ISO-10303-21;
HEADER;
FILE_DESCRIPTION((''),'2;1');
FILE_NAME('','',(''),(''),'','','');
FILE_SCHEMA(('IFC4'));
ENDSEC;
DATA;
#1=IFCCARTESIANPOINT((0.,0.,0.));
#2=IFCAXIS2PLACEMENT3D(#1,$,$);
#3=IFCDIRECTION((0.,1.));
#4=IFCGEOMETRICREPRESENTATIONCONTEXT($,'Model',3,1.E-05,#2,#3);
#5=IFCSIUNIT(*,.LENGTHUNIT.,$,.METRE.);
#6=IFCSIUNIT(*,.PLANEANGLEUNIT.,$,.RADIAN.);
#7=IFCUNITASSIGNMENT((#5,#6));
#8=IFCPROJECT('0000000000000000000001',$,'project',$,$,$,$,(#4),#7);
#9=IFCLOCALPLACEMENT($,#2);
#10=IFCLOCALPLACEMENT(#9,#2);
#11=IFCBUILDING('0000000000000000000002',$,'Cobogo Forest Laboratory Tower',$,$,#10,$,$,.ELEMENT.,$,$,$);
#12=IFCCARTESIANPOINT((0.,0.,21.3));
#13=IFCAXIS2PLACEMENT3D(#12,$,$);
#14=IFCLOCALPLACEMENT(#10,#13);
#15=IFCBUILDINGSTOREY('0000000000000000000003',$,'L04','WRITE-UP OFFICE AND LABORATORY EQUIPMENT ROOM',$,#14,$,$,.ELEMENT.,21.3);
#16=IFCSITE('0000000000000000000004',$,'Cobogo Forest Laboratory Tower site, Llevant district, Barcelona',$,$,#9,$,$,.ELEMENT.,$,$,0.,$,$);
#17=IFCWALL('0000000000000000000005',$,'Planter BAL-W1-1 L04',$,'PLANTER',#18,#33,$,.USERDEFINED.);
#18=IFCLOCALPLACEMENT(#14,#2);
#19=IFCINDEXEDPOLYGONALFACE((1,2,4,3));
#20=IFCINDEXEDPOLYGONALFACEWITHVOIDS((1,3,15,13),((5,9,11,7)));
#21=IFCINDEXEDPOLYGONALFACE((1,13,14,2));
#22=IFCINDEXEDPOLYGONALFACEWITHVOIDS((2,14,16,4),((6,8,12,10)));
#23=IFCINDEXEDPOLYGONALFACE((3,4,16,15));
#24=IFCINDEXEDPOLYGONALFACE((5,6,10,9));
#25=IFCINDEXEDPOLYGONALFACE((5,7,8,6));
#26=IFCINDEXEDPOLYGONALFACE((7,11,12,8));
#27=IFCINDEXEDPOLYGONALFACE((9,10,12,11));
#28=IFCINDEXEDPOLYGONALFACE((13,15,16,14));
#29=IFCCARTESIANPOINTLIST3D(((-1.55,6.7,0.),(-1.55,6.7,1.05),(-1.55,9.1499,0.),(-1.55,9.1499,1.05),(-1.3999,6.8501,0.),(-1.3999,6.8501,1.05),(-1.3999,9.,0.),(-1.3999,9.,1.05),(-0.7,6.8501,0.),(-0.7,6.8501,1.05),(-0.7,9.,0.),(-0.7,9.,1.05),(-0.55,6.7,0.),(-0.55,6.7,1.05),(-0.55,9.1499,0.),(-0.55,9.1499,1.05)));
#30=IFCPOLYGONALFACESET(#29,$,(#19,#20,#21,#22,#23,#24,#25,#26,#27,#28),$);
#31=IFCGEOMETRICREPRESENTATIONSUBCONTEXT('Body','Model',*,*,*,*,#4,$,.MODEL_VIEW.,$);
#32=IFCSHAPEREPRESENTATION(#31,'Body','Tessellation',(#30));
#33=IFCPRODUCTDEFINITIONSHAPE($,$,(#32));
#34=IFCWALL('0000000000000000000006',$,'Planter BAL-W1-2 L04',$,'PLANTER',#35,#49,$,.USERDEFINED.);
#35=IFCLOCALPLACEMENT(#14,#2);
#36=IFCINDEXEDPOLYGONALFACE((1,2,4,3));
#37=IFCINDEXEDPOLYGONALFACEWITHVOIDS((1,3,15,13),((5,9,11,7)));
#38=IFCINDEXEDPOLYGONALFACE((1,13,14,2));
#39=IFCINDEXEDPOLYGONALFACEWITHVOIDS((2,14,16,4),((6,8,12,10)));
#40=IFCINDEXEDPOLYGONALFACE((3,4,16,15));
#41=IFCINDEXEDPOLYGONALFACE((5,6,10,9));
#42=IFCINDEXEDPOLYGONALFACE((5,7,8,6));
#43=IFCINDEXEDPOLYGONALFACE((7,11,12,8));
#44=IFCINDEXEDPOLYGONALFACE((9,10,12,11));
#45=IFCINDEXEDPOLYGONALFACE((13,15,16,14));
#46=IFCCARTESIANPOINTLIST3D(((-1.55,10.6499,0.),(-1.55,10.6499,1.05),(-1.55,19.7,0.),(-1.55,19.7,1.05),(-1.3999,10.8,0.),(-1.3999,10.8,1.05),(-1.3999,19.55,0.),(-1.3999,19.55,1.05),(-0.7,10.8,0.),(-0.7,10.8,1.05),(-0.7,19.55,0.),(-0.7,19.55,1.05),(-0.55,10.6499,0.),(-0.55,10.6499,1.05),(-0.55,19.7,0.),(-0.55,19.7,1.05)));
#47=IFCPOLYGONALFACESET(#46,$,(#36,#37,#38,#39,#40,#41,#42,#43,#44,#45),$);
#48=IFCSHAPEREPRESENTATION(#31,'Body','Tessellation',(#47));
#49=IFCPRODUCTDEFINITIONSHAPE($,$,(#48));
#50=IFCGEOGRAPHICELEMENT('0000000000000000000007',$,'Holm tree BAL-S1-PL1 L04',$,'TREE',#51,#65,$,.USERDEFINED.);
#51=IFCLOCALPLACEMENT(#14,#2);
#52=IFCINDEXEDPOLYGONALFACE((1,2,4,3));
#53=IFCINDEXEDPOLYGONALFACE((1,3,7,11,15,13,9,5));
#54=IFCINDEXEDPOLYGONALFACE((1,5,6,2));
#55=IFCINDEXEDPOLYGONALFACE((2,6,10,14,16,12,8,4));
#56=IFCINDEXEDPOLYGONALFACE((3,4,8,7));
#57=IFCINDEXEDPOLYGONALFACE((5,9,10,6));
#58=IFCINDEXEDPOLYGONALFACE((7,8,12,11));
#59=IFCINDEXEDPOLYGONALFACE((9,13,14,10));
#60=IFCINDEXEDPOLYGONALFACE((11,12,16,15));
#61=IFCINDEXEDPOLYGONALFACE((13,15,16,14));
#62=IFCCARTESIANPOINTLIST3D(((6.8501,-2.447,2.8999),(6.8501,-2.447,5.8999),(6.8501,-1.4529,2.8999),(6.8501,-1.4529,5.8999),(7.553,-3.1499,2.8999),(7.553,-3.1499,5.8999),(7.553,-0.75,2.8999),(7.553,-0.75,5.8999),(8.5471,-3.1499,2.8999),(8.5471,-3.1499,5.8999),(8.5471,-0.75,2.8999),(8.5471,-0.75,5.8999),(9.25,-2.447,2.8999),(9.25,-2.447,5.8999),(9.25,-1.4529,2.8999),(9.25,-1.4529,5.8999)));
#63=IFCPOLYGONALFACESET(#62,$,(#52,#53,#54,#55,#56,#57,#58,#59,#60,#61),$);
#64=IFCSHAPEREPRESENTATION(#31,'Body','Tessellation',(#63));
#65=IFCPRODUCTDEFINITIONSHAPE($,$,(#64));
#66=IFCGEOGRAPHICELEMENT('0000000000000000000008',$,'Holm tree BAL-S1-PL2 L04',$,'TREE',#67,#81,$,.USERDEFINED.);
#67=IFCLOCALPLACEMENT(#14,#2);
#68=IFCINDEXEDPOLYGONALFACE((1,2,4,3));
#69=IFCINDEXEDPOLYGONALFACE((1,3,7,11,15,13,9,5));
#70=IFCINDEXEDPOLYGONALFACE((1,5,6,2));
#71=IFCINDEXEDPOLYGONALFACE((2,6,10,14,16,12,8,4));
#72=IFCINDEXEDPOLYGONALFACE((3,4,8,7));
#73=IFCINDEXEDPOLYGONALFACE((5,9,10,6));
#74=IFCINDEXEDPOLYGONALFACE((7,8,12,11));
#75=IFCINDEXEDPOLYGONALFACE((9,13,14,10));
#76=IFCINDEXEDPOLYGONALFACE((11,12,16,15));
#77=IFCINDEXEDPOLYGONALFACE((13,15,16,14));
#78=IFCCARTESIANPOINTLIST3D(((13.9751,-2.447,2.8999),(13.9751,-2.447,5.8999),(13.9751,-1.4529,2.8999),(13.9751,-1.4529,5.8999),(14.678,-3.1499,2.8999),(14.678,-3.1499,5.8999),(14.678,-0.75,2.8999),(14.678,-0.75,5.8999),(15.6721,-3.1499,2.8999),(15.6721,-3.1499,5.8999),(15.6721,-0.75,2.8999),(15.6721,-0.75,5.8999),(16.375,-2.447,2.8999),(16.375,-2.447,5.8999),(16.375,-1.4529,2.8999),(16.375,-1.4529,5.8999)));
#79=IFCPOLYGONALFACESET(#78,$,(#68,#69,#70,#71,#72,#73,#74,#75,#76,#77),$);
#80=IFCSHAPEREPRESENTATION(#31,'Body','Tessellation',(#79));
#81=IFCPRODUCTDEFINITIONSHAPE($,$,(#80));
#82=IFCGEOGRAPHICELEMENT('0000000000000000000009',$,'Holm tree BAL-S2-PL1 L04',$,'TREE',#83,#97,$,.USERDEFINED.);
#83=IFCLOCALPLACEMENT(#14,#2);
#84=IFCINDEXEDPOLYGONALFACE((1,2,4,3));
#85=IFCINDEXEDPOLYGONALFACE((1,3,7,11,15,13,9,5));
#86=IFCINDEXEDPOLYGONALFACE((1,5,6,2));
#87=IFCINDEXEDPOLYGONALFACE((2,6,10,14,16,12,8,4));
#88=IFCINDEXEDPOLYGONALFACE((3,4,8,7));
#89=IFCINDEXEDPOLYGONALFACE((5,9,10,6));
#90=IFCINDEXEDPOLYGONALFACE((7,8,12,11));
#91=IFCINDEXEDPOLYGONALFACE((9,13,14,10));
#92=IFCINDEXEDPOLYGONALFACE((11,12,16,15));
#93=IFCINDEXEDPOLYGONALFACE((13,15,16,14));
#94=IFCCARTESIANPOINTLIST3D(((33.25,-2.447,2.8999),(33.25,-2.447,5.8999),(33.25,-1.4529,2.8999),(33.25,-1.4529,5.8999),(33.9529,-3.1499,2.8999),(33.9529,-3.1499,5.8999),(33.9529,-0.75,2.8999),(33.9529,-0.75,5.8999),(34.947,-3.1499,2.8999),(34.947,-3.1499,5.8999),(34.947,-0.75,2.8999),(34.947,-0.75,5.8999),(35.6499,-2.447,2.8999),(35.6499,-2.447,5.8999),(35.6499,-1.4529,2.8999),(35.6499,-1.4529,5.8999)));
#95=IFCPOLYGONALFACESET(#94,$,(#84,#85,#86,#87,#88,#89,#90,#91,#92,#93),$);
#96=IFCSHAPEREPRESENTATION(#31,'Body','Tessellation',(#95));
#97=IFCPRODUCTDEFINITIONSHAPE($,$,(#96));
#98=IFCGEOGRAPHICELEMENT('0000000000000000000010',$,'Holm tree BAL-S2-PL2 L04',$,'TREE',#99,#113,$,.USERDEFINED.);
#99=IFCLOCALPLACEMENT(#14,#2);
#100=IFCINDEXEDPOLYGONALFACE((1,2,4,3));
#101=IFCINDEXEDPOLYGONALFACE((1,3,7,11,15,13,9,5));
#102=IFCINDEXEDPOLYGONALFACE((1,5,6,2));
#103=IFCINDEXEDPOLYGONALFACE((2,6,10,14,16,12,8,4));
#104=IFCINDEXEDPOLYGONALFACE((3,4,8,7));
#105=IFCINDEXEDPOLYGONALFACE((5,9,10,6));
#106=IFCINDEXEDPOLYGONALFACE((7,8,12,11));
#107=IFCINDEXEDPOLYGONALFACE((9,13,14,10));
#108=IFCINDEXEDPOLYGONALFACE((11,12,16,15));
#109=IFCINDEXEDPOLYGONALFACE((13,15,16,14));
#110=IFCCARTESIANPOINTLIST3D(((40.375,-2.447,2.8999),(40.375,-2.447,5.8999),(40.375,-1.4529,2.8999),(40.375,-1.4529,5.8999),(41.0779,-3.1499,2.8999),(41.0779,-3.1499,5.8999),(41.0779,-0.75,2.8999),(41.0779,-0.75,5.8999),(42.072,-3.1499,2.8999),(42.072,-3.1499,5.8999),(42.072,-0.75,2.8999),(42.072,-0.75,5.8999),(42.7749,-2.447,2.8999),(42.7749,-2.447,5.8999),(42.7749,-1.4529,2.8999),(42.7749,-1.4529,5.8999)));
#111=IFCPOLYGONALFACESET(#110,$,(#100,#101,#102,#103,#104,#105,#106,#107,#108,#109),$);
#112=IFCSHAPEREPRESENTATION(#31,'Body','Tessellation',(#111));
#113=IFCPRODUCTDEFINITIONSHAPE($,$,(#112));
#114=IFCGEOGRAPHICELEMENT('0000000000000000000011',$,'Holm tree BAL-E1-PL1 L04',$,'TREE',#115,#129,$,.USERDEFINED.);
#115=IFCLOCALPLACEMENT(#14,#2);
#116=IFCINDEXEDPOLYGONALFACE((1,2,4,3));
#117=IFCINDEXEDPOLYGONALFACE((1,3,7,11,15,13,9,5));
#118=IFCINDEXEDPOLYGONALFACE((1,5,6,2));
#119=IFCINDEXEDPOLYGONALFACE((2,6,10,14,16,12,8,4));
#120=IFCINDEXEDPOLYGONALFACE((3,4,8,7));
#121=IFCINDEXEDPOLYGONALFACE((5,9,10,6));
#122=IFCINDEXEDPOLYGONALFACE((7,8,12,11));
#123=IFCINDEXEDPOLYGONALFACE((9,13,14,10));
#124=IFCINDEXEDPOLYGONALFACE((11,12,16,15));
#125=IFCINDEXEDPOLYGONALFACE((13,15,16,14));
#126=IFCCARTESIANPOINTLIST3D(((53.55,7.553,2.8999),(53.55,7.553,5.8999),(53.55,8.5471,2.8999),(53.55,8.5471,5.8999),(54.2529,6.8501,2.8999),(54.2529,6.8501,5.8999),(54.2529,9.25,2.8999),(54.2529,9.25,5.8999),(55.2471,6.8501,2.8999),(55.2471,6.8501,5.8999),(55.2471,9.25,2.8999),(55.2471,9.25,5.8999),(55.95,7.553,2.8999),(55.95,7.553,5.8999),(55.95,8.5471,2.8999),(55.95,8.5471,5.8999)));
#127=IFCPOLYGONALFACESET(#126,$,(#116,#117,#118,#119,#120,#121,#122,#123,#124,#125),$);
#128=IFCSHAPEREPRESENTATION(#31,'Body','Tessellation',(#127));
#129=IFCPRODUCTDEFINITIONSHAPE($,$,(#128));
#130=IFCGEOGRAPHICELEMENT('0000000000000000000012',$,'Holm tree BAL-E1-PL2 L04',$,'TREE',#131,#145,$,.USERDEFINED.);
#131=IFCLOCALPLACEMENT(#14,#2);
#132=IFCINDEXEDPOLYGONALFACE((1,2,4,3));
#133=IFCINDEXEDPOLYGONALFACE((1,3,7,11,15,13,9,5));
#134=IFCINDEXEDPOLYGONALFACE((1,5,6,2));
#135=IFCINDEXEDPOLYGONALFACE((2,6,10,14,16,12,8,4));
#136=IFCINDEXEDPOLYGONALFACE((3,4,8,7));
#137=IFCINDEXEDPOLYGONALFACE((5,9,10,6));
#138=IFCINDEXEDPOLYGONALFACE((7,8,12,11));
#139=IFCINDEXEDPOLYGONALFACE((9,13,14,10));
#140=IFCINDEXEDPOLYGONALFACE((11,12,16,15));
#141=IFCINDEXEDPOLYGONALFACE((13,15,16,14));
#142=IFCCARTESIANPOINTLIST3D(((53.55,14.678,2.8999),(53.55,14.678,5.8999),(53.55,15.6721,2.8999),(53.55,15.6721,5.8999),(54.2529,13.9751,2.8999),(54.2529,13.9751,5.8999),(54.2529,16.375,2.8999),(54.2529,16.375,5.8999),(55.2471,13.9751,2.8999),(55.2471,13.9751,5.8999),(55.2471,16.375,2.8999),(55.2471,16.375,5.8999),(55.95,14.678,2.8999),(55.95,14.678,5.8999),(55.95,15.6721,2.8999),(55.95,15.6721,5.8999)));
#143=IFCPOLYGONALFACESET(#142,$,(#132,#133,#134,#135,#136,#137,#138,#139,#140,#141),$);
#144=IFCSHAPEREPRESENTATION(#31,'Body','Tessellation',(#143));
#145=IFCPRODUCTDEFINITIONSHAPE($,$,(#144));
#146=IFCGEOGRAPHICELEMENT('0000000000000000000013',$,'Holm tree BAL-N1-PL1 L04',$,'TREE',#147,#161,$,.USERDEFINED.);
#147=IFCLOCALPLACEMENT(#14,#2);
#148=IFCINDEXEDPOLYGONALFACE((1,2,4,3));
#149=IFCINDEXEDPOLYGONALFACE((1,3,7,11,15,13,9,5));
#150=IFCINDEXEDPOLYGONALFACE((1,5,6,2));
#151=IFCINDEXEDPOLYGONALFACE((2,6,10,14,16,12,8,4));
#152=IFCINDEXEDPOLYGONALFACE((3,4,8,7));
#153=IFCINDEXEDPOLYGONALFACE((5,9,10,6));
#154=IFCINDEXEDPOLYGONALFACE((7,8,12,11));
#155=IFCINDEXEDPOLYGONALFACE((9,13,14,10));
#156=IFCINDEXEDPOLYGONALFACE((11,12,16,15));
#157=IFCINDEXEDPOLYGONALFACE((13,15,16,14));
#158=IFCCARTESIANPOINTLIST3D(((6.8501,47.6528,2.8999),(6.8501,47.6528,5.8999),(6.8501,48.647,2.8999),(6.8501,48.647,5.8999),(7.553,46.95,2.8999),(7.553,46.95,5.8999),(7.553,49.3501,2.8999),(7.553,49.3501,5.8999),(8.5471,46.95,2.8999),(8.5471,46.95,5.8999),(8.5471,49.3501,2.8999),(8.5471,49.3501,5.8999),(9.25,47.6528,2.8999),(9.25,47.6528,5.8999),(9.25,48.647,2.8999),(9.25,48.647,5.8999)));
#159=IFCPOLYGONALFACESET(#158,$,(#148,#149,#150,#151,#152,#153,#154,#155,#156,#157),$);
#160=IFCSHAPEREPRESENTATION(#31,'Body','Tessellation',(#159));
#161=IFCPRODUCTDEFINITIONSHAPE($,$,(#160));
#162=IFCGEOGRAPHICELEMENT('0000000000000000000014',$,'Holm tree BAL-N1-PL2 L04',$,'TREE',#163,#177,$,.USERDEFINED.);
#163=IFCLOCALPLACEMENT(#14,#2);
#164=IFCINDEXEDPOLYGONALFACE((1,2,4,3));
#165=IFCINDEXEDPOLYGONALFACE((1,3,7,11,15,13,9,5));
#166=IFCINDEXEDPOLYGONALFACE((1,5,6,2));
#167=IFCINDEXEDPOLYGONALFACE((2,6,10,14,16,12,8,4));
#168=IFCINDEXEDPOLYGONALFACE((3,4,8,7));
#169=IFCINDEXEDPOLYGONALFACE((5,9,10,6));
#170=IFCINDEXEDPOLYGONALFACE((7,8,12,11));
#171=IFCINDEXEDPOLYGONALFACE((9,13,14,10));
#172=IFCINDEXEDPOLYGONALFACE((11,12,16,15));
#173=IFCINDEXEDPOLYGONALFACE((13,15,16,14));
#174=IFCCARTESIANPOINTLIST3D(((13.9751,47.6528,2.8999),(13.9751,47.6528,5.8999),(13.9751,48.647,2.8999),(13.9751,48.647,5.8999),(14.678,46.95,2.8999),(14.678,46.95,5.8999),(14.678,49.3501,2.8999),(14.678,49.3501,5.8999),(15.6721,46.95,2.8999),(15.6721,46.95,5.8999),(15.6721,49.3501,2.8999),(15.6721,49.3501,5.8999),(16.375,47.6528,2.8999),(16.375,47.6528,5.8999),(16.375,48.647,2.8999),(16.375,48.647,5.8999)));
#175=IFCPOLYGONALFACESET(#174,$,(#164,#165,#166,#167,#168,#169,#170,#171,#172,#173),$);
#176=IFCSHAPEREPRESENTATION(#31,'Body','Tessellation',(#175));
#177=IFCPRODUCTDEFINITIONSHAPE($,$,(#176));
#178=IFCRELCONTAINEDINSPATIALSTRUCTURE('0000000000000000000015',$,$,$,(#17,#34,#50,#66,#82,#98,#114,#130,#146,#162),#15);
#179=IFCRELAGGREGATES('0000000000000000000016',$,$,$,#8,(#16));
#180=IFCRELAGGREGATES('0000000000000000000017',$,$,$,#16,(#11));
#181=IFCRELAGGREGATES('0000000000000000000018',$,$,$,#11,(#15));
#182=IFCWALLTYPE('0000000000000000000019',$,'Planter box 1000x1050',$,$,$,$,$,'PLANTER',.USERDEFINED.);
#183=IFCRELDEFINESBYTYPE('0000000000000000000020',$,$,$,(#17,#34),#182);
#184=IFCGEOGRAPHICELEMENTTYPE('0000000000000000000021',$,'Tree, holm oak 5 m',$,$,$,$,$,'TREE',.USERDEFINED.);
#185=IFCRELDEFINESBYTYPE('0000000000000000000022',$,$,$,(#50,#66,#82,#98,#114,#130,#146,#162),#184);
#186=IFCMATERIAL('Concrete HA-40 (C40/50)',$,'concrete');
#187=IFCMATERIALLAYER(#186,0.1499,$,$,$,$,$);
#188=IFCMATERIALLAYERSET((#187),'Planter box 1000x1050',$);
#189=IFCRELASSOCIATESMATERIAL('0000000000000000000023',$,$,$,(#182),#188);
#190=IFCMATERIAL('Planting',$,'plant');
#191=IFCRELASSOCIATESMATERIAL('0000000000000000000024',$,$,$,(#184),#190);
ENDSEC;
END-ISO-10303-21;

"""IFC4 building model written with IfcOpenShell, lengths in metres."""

from ifc_helpers import new_model, si_unit, direction, frame, origin, place, context, subcontext, project, spatial, polyline, outline, extrude, material, layer, layer_set, type_object, element, save


model = new_model("IFC4")

# Units and contexts
model_context = context("Model", 3, precision=1e-05, world=origin(), true_north=direction((0.0, 1.0)))
body_context = subcontext(model_context, "Body", "Model", "MODEL_VIEW")
ifc_project = project(units=[si_unit("LENGTHUNIT", "METRE"), si_unit("PLANEANGLEUNIT", "RADIAN")], contexts=[model_context])

# Site, building, storey
site_placement = place(None, origin())
site = spatial("IfcSite", under=ifc_project, at=site_placement, Name="Cobogo Forest Laboratory Tower site, Llevant district, Barcelona", CompositionType="ELEMENT", RefElevation=0.0)
building_placement = place(site_placement, origin())
building = spatial("IfcBuilding", under=site, at=building_placement, Name="Cobogo Forest Laboratory Tower", CompositionType="ELEMENT")
storey_placement = place(building_placement, frame((0.0, 0.0, 21.3)))
storey = spatial("IfcBuildingStorey", under=building, at=storey_placement, Name="L04", Description="WRITE-UP OFFICE AND LABORATORY EQUIPMENT ROOM", CompositionType="ELEMENT", Elevation=21.3)

# Shared definitions
ifc_material_1 = material(Name="Concrete HA-40 (C40/50)", Category="concrete")

# Walls
ifc_layer_1 = layer(ifc_material_1, 0.1499)
ifc_layer_set_1 = layer_set([ifc_layer_1], Name="Planter box 1000x1050")
wall_type = type_object("IfcWallType", Name="Planter box 1000x1050", ElementType="PLANTER", PredefinedType="USERDEFINED", material=ifc_layer_set_1)
wall_1_placement = place(storey_placement, origin())
element("IfcWall", 1, at=wall_1_placement, inside=storey, type_object=wall_type, Name="Planter BAL-W1-1 L04", ObjectType="PLANTER", PredefinedType="USERDEFINED", context=body_context, shape_type="SweptSolid", body=[
    extrude(outline(polyline([(-1.55, 6.7), (-0.55, 6.7), (-0.55, 9.1499), (-1.55, 9.1499), (-1.55, 6.7)]), holes=[polyline([(-1.3999, 6.8501), (-0.7, 6.8501), (-0.7, 9.0), (-1.3999, 9.0), (-1.3999, 6.8501)])]), origin(), (0.0, 0.0, 1.0), 1.05),
])
wall_2_placement = place(storey_placement, origin())
element("IfcWall", 2, at=wall_2_placement, inside=storey, type_object=wall_type, Name="Planter BAL-W1-2 L04", ObjectType="PLANTER", PredefinedType="USERDEFINED", context=body_context, shape_type="SweptSolid", body=[
    extrude(outline(polyline([(-1.55, 10.6499), (-0.55, 10.6499), (-0.55, 19.7), (-1.55, 19.7), (-1.55, 10.6499)]), holes=[polyline([(-1.3999, 10.8), (-0.7, 10.8), (-0.7, 19.55), (-1.3999, 19.55), (-1.3999, 10.8)])]), origin(), (0.0, 0.0, 1.0), 1.05),
])

# Geographic elements
ifc_material_2 = material(Name="Planting", Category="plant")
geographic_element_type = type_object("IfcGeographicElementType", Name="Tree, holm oak 5 m", ElementType="TREE", PredefinedType="USERDEFINED", material=ifc_material_2)
geographic_element_1_placement = place(storey_placement, frame((0.0, 0.0, 2.8999)))
element("IfcGeographicElement", 3, at=geographic_element_1_placement, inside=storey, type_object=geographic_element_type, Name="Holm tree BAL-S1-PL1 L04", ObjectType="TREE", PredefinedType="USERDEFINED", context=body_context, shape_type="SweptSolid", body=[
    extrude(outline(polyline([(9.25, -2.447), (9.25, -1.4529), (8.5471, -0.75), (7.553, -0.75), (6.8501, -1.4529), (6.8501, -2.447), (7.553, -3.1499), (8.5471, -3.1499), (9.25, -2.447)])), origin(), (0.0, 0.0, 1.0), 3.0),
])
geographic_element_2_placement = place(storey_placement, frame((0.0, 0.0, 2.8999)))
element("IfcGeographicElement", 4, at=geographic_element_2_placement, inside=storey, type_object=geographic_element_type, Name="Holm tree BAL-S1-PL2 L04", ObjectType="TREE", PredefinedType="USERDEFINED", context=body_context, shape_type="SweptSolid", body=[
    extrude(outline(polyline([(16.375, -2.447), (16.375, -1.4529), (15.6721, -0.75), (14.678, -0.75), (13.9751, -1.4529), (13.9751, -2.447), (14.678, -3.1499), (15.6721, -3.1499), (16.375, -2.447)])), origin(), (0.0, 0.0, 1.0), 3.0),
])
geographic_element_3_placement = place(storey_placement, frame((0.0, 0.0, 2.8999)))
element("IfcGeographicElement", 5, at=geographic_element_3_placement, inside=storey, type_object=geographic_element_type, Name="Holm tree BAL-S2-PL1 L04", ObjectType="TREE", PredefinedType="USERDEFINED", context=body_context, shape_type="SweptSolid", body=[
    extrude(outline(polyline([(35.6499, -2.447), (35.6499, -1.4529), (34.947, -0.75), (33.9529, -0.75), (33.25, -1.4529), (33.25, -2.447), (33.9529, -3.1499), (34.947, -3.1499), (35.6499, -2.447)])), origin(), (0.0, 0.0, 1.0), 3.0),
])
geographic_element_4_placement = place(storey_placement, frame((0.0, 0.0, 2.8999)))
element("IfcGeographicElement", 6, at=geographic_element_4_placement, inside=storey, type_object=geographic_element_type, Name="Holm tree BAL-S2-PL2 L04", ObjectType="TREE", PredefinedType="USERDEFINED", context=body_context, shape_type="SweptSolid", body=[
    extrude(outline(polyline([(42.7749, -2.447), (42.7749, -1.4529), (42.072, -0.75), (41.0779, -0.75), (40.375, -1.4529), (40.375, -2.447), (41.0779, -3.1499), (42.072, -3.1499), (42.7749, -2.447)])), origin(), (0.0, 0.0, 1.0), 3.0),
])
geographic_element_5_placement = place(storey_placement, frame((0.0, 0.0, 2.8999)))
element("IfcGeographicElement", 7, at=geographic_element_5_placement, inside=storey, type_object=geographic_element_type, Name="Holm tree BAL-E1-PL1 L04", ObjectType="TREE", PredefinedType="USERDEFINED", context=body_context, shape_type="SweptSolid", body=[
    extrude(outline(polyline([(55.95, 7.553), (55.95, 8.5471), (55.2471, 9.25), (54.2529, 9.25), (53.55, 8.5471), (53.55, 7.553), (54.2529, 6.8501), (55.2471, 6.8501), (55.95, 7.553)])), origin(), (0.0, 0.0, 1.0), 3.0),
])
geographic_element_6_placement = place(storey_placement, frame((0.0, 0.0, 2.8999)))
element("IfcGeographicElement", 8, at=geographic_element_6_placement, inside=storey, type_object=geographic_element_type, Name="Holm tree BAL-E1-PL2 L04", ObjectType="TREE", PredefinedType="USERDEFINED", context=body_context, shape_type="SweptSolid", body=[
    extrude(outline(polyline([(55.95, 14.678), (55.95, 15.6721), (55.2471, 16.375), (54.2529, 16.375), (53.55, 15.6721), (53.55, 14.678), (54.2529, 13.9751), (55.2471, 13.9751), (55.95, 14.678)])), origin(), (0.0, 0.0, 1.0), 3.0),
])
geographic_element_7_placement = place(storey_placement, frame((0.0, 0.0, 2.8999)))
element("IfcGeographicElement", 9, at=geographic_element_7_placement, inside=storey, type_object=geographic_element_type, Name="Holm tree BAL-N1-PL1 L04", ObjectType="TREE", PredefinedType="USERDEFINED", context=body_context, shape_type="SweptSolid", body=[
    extrude(outline(polyline([(9.25, 47.6528), (9.25, 48.647), (8.5471, 49.3501), (7.553, 49.3501), (6.8501, 48.647), (6.8501, 47.6528), (7.553, 46.95), (8.5471, 46.95), (9.25, 47.6528)])), origin(), (0.0, 0.0, 1.0), 3.0),
])
geographic_element_8_placement = place(storey_placement, frame((0.0, 0.0, 2.8999)))
element("IfcGeographicElement", 10, at=geographic_element_8_placement, inside=storey, type_object=geographic_element_type, Name="Holm tree BAL-N1-PL2 L04", ObjectType="TREE", PredefinedType="USERDEFINED", context=body_context, shape_type="SweptSolid", body=[
    extrude(outline(polyline([(16.375, 47.6528), (16.375, 48.647), (15.6721, 49.3501), (14.678, 49.3501), (13.9751, 48.647), (13.9751, 47.6528), (14.678, 46.95), (15.6721, 46.95), (16.375, 47.6528)])), origin(), (0.0, 0.0, 1.0), 3.0),
])

save(model, "model.ifc")
